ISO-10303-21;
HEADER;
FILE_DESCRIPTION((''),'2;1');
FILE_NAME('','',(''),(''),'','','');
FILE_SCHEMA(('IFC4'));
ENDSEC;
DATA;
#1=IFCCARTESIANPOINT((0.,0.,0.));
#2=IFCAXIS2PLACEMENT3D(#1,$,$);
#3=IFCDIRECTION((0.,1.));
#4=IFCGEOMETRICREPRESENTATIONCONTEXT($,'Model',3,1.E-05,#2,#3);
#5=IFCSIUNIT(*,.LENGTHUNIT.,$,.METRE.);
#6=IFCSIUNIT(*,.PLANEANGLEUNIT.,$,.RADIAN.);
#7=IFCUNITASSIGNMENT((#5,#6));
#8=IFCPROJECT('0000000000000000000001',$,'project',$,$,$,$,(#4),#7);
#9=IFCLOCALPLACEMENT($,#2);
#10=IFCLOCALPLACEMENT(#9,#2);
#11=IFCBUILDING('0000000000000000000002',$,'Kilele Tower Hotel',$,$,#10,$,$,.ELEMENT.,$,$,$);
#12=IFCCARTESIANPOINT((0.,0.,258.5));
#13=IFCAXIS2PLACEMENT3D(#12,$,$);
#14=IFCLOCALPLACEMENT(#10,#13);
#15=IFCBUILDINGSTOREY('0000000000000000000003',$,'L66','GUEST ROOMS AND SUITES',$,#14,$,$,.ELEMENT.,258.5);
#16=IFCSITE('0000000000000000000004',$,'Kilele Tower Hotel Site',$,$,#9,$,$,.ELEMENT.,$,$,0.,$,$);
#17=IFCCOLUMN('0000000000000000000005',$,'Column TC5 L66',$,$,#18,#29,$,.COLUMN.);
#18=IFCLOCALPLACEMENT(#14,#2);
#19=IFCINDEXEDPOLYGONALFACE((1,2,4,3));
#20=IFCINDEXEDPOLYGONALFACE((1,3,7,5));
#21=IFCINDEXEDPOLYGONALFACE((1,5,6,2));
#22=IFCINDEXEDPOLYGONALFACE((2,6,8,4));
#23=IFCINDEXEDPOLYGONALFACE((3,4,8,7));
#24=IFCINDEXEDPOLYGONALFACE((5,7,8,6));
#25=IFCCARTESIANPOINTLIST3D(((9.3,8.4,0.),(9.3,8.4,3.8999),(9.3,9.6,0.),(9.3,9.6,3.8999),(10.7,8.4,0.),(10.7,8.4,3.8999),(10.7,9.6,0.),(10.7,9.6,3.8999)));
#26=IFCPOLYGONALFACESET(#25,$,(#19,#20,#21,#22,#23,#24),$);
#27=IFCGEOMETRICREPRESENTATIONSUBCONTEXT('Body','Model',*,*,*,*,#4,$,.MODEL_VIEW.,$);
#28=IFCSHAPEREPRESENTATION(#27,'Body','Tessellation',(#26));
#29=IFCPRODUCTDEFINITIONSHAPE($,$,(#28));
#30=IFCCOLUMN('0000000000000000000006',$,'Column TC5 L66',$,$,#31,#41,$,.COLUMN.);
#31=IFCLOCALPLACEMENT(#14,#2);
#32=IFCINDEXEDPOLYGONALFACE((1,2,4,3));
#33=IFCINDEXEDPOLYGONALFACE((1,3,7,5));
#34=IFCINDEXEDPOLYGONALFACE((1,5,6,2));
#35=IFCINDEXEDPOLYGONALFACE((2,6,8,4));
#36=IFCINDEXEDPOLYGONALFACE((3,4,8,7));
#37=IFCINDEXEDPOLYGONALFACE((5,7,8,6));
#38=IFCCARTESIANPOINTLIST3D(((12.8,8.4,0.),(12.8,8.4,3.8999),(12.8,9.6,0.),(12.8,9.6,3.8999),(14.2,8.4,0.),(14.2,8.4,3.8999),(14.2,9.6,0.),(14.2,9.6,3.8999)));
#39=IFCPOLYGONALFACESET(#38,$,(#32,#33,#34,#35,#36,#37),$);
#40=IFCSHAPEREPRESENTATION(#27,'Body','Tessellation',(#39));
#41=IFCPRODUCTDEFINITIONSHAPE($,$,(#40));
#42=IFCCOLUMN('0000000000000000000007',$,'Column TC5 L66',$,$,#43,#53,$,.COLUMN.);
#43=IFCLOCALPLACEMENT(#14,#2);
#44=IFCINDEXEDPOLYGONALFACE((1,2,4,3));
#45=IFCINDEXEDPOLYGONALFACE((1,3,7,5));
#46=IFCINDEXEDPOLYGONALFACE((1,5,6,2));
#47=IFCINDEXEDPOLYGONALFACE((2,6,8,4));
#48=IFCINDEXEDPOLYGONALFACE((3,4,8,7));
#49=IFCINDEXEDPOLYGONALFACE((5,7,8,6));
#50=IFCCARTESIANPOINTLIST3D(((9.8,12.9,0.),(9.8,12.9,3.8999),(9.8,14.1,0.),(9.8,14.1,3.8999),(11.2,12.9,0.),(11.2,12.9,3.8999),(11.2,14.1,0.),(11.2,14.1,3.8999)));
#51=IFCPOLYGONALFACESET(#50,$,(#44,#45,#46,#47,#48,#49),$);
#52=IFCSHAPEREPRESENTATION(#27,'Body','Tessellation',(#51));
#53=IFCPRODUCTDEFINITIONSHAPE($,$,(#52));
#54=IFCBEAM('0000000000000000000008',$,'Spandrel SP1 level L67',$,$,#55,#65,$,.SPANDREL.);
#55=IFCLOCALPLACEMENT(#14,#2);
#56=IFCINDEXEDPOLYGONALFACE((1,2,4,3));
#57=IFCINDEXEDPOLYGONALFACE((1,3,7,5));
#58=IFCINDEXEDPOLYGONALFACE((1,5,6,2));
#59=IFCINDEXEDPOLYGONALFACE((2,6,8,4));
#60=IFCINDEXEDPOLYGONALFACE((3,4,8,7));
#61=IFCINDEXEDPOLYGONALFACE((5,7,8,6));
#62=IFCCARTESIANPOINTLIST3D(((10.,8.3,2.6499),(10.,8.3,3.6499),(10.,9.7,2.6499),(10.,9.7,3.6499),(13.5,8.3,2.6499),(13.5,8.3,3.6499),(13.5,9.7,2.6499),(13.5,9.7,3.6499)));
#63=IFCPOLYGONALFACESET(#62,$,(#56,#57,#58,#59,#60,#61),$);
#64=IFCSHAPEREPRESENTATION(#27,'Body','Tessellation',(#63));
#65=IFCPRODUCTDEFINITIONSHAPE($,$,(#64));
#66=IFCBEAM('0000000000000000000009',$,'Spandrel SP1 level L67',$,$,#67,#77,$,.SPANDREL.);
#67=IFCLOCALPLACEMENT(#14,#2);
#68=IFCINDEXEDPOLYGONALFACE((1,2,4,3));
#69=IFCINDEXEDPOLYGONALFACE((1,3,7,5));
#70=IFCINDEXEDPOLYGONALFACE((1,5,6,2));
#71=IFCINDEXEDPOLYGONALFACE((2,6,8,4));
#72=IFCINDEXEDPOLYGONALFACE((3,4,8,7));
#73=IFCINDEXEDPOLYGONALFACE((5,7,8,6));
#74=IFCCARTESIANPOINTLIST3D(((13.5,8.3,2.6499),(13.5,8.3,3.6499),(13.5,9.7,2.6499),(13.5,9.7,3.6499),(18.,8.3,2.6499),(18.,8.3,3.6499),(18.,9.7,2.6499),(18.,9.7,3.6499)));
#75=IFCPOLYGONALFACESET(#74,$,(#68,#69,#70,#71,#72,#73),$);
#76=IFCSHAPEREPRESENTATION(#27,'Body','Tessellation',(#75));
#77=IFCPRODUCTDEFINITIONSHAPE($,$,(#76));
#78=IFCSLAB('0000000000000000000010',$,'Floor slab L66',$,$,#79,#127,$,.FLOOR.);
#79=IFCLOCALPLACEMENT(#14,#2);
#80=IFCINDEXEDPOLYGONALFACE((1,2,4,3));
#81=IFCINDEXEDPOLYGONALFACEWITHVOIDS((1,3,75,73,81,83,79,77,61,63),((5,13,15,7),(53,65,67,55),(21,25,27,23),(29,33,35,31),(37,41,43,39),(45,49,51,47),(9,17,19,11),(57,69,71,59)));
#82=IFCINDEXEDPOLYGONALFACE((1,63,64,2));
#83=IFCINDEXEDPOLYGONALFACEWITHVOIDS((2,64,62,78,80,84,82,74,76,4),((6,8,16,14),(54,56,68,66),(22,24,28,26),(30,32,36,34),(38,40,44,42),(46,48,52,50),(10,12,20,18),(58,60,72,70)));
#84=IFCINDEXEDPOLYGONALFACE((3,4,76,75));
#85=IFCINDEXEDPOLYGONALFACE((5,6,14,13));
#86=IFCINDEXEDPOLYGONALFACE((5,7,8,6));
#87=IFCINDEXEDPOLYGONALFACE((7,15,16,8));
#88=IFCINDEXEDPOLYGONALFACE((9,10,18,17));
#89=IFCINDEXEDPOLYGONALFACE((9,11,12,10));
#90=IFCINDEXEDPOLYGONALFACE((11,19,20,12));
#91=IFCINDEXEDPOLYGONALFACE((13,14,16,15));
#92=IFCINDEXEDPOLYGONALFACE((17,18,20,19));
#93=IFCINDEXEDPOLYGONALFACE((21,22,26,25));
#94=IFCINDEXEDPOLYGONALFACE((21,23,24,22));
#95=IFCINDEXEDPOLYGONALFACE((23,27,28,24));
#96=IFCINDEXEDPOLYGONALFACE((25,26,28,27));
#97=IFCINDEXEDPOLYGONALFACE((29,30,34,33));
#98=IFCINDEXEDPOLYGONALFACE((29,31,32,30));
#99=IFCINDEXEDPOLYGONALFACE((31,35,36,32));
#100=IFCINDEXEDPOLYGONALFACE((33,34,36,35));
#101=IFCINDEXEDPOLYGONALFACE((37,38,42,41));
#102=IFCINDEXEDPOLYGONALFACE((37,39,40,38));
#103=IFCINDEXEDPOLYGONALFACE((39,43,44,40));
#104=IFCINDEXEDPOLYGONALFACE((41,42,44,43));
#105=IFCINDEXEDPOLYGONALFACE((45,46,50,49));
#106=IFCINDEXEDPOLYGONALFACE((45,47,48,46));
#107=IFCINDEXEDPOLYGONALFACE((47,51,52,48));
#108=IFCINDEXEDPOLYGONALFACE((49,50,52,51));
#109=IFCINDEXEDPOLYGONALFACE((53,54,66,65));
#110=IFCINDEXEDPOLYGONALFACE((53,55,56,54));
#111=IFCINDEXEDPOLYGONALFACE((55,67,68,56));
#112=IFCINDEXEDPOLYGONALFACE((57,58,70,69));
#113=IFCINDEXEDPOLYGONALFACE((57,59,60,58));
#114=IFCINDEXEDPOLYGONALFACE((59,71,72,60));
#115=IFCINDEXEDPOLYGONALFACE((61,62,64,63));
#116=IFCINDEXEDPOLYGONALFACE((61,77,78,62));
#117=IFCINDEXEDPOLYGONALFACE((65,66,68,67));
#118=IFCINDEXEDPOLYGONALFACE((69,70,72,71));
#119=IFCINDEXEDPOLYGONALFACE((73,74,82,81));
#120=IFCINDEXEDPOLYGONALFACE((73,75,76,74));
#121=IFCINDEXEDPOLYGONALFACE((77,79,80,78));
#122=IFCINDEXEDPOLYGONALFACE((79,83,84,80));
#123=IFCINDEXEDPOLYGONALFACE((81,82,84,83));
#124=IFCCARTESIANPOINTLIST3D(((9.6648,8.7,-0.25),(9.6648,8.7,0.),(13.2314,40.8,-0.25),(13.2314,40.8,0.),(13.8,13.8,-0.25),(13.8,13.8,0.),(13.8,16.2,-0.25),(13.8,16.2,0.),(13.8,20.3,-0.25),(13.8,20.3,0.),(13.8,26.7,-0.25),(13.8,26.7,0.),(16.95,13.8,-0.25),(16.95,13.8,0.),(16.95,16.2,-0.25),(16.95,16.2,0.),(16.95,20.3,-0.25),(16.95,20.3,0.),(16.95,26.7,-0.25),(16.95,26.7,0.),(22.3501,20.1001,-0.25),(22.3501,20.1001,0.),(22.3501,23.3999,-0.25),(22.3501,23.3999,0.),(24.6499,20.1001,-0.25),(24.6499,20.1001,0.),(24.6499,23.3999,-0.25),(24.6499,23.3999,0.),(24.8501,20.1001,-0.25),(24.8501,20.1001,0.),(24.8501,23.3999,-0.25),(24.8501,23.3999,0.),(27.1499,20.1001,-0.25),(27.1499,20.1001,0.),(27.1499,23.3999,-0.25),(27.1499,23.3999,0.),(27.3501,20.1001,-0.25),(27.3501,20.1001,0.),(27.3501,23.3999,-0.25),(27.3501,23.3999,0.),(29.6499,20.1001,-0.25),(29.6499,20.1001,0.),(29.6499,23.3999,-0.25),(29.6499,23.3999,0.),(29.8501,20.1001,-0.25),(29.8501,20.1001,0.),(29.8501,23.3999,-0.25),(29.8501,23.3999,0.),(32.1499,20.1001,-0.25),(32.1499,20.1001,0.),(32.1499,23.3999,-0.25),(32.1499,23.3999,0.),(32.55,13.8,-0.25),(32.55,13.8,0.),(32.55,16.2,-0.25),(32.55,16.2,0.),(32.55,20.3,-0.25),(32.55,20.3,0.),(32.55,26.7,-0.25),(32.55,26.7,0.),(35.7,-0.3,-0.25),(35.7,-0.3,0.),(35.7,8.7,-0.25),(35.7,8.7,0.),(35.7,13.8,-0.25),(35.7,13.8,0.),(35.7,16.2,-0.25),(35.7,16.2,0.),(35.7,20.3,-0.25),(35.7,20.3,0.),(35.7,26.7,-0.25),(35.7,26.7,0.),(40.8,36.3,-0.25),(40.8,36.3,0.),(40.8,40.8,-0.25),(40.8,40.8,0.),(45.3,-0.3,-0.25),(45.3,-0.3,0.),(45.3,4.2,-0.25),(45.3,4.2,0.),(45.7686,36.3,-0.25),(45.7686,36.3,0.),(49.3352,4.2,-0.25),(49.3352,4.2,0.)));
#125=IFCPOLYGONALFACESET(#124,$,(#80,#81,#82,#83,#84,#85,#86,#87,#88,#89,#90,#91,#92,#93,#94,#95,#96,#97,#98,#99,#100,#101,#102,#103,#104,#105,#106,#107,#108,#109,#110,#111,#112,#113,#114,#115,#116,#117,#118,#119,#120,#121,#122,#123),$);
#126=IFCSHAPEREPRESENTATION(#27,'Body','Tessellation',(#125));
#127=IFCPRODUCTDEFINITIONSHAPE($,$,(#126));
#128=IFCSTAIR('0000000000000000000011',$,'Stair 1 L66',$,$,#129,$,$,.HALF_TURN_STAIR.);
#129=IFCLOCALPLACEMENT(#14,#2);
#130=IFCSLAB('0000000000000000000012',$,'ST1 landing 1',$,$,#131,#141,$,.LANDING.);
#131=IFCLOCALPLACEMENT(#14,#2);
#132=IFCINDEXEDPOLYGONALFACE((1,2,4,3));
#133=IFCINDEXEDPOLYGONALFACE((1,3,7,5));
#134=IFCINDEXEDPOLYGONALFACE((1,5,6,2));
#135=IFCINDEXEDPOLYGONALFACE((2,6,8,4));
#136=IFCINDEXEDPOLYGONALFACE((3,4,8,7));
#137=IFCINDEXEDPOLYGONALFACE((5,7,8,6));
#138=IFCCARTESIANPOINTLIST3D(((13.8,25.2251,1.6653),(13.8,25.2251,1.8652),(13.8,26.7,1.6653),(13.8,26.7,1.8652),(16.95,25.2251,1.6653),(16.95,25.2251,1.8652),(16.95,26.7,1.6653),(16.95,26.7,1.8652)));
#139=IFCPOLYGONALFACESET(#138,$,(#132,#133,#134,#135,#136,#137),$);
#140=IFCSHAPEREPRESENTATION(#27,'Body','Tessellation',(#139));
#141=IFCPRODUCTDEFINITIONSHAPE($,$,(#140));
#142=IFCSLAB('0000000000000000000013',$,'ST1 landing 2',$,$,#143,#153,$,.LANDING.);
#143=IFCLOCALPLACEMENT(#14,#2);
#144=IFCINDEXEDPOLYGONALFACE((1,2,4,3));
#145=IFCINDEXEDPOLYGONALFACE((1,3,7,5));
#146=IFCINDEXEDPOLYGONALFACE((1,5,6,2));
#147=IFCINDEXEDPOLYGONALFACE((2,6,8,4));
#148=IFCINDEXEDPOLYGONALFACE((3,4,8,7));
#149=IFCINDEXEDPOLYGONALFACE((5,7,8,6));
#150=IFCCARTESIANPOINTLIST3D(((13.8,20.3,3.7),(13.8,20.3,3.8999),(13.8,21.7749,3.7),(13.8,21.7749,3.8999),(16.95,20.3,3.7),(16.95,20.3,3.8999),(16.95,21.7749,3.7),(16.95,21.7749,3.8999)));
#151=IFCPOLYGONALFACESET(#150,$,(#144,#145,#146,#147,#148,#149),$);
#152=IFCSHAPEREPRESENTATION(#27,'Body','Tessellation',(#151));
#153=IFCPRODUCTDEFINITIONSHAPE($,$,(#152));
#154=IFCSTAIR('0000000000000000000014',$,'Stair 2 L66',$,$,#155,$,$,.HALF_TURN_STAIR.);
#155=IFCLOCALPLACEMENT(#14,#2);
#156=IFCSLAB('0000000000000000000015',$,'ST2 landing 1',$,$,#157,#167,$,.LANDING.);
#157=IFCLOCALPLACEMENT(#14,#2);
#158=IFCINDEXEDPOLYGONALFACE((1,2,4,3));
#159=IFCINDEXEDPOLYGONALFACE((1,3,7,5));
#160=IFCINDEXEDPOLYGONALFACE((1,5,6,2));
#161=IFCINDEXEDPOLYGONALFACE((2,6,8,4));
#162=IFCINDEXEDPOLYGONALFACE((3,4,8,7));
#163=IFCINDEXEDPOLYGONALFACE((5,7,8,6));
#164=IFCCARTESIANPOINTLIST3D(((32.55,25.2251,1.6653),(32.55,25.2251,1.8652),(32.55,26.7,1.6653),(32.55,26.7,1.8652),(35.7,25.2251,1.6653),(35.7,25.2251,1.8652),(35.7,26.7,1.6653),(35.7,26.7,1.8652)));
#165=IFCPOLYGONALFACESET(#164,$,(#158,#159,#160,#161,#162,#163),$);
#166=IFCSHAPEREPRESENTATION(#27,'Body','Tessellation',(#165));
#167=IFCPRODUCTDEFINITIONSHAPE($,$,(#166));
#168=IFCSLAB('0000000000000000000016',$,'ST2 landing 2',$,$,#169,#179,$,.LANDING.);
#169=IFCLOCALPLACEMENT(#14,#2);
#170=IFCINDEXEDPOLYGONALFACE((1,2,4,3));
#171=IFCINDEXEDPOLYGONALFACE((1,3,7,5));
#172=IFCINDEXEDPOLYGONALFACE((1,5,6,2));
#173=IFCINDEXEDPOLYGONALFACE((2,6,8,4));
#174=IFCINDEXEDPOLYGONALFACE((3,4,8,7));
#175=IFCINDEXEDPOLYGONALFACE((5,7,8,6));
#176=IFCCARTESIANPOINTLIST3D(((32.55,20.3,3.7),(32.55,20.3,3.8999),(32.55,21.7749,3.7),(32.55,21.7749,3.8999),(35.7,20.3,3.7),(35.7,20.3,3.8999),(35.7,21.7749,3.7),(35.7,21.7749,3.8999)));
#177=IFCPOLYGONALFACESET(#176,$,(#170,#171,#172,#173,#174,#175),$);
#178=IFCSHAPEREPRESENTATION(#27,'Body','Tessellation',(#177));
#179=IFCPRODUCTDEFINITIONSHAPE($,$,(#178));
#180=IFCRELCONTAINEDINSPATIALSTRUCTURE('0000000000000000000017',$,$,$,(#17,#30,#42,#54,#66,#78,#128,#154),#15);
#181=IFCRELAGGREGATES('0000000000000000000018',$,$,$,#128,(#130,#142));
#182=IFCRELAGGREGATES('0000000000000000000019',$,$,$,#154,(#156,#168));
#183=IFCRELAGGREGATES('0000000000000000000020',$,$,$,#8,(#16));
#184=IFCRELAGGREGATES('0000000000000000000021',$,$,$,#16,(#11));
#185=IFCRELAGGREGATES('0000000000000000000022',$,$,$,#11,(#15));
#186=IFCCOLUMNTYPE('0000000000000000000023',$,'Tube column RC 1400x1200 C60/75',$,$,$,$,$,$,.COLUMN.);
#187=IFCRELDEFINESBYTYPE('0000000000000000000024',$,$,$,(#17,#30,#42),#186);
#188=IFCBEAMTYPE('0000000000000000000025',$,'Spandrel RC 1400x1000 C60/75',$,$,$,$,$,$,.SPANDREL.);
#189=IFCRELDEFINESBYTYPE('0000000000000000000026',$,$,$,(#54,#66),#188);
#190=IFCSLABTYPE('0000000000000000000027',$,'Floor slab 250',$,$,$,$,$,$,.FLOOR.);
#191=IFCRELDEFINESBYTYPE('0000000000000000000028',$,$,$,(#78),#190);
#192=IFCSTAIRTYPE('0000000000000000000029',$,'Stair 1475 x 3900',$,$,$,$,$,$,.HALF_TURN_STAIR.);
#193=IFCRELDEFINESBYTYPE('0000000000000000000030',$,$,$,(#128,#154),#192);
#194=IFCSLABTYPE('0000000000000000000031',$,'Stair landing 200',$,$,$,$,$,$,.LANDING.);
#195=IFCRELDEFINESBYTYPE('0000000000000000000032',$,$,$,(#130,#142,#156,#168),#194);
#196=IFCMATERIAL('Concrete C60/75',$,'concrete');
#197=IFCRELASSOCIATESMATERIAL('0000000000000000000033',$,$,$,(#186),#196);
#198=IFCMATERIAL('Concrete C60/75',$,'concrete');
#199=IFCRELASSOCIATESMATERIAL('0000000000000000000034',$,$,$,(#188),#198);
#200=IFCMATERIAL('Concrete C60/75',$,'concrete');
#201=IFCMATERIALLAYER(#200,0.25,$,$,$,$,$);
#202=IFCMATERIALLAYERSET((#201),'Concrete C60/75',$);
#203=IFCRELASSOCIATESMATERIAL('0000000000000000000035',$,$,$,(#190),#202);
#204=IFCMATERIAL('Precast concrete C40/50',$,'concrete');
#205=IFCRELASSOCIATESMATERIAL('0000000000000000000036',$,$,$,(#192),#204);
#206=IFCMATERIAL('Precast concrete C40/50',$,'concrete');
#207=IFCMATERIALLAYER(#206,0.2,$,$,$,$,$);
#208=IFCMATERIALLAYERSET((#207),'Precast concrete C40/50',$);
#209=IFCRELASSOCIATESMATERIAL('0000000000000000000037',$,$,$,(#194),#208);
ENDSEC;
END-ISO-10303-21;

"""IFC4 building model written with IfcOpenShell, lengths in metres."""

from ifc_helpers import new_model, si_unit, direction, frame, origin, origin_2d, place, context, subcontext, project, spatial, polyline, rectangle, outline, extrude, material, layer, layer_set, material_profile, profile_set, type_object, element, aggregate, save


model = new_model("IFC4")

# Units and contexts
model_context = context("Model", 3, precision=1e-05, world=origin(), true_north=direction((0.0, 1.0)))
body_context = subcontext(model_context, "Body", "Model", "MODEL_VIEW")
ifc_project = project(units=[si_unit("LENGTHUNIT", "METRE"), si_unit("PLANEANGLEUNIT", "RADIAN")], contexts=[model_context])

# Site, building, storey
site_placement = place(None, origin())
site = spatial("IfcSite", under=ifc_project, at=site_placement, Name="Kilele Tower Hotel Site", CompositionType="ELEMENT", RefElevation=0.0)
building_placement = place(site_placement, origin())
building = spatial("IfcBuilding", under=site, at=building_placement, Name="Kilele Tower Hotel", CompositionType="ELEMENT")
storey_placement = place(building_placement, frame((0.0, 0.0, 258.5)))
storey = spatial("IfcBuildingStorey", under=building, at=storey_placement, Name="L66", Description="GUEST ROOMS AND SUITES", CompositionType="ELEMENT", Elevation=258.5)

# Columns
ifc_material_1 = material(Name="Concrete C60/75", Category="concrete")
ifc_material_profile_1 = material_profile(ifc_material_1, rectangle(XDim=1.3999, YDim=1.2, at=origin_2d()))
ifc_profile_set_1 = profile_set([ifc_material_profile_1], Name="Concrete C60/75")
column_type = type_object("IfcColumnType", Name="Tube column RC 1400x1200 C60/75", PredefinedType="COLUMN", material=ifc_profile_set_1)
for number, where, z_axis, x_axis, name in (
    (1, (10.0, 9.0, 0.0), (0.0, 0.0, 1.0), (1.0, 0.0, 0.0), "Column TC5 L66"),
    (2, (13.5, 9.0, 0.0), (0.0, 0.0, 1.0), (1.0, 0.0, 0.0), "Column TC5 L66"),
    (3, (10.5, 13.5, 0.0), (0.0, 0.0, 1.0), (1.0, 0.0, 0.0), "Column TC5 L66"),
):
    element("IfcColumn", number, at=place(storey_placement, frame(where, z_axis=z_axis, x_axis=x_axis)), inside=storey, type_object=column_type, Name=name, PredefinedType="COLUMN", context=body_context, shape_type="SweptSolid", body=[
        extrude(rectangle(XDim=1.3999, YDim=1.2, at=origin_2d()), origin(), (0.0, 0.0, 1.0), 3.8999),
    ])

# Beams
ifc_material_2 = material(Name="Concrete C60/75", Category="concrete")
ifc_material_profile_2 = material_profile(ifc_material_2, rectangle(XDim=1.3999, YDim=1.0, at=origin_2d()))
ifc_profile_set_2 = profile_set([ifc_material_profile_2], Name="Concrete C60/75")
beam_type = type_object("IfcBeamType", Name="Spandrel RC 1400x1000 C60/75", PredefinedType="SPANDREL", material=ifc_profile_set_2)
beam_1_placement = place(storey_placement, frame((10.0, 9.0, 3.1499), z_axis=(1.0, 0.0, 0.0), x_axis=(0.0, 1.0, 0.0)))
element("IfcBeam", 4, at=beam_1_placement, inside=storey, type_object=beam_type, Name="Spandrel SP1 level L67", PredefinedType="SPANDREL", context=body_context, shape_type="SweptSolid", body=[
    extrude(rectangle(XDim=1.3999, YDim=1.0, at=origin_2d()), origin(), (0.0, 0.0, 1.0), 3.5),
])
beam_2_placement = place(storey_placement, frame((13.5, 9.0, 3.1499), z_axis=(1.0, 0.0, 0.0), x_axis=(0.0, 1.0, 0.0)))
element("IfcBeam", 5, at=beam_2_placement, inside=storey, type_object=beam_type, Name="Spandrel SP1 level L67", PredefinedType="SPANDREL", context=body_context, shape_type="SweptSolid", body=[
    extrude(rectangle(XDim=1.3999, YDim=1.0, at=origin_2d()), origin(), (0.0, 0.0, 1.0), 4.5),
])

# Slab
ifc_material_3 = material(Name="Concrete C60/75", Category="concrete")
ifc_layer_1 = layer(ifc_material_3, 0.25)
ifc_layer_set_1 = layer_set([ifc_layer_1], Name="Concrete C60/75")
slab_type_1 = type_object("IfcSlabType", Name="Floor slab 250", PredefinedType="FLOOR", material=ifc_layer_set_1)
slab_1_placement = place(storey_placement, frame((0.0, 0.0, -0.25)))
element("IfcSlab", 6, at=slab_1_placement, inside=storey, type_object=slab_type_1, Name="Floor slab L66", PredefinedType="FLOOR", context=body_context, shape_type="SweptSolid", body=[
    extrude(outline(polyline([(40.8, 40.8), (40.8, 36.3), (45.7686, 36.3), (49.3352, 4.2), (45.3, 4.2), (45.3, -0.3), (35.7, -0.3), (35.7, 8.7), (9.6648, 8.7), (13.2314, 40.8), (40.8, 40.8)]), holes=[polyline([(16.95, 16.2), (13.8, 16.2), (13.8, 13.8), (16.95, 13.8), (16.95, 16.2)]), polyline([(35.7, 16.2), (32.55, 16.2), (32.55, 13.8), (35.7, 13.8), (35.7, 16.2)]), polyline([(24.6499, 23.3999), (22.3501, 23.3999), (22.3501, 20.1001), (24.6499, 20.1001), (24.6499, 23.3999)]), polyline([(27.1499, 23.3999), (24.8501, 23.3999), (24.8501, 20.1001), (27.1499, 20.1001), (27.1499, 23.3999)]), polyline([(29.6499, 23.3999), (27.3501, 23.3999), (27.3501, 20.1001), (29.6499, 20.1001), (29.6499, 23.3999)]), polyline([(32.1499, 23.3999), (29.8501, 23.3999), (29.8501, 20.1001), (32.1499, 20.1001), (32.1499, 23.3999)]), polyline([(16.95, 26.7), (13.8, 26.7), (13.8, 20.3), (16.95, 20.3), (16.95, 26.7)]), polyline([(35.7, 26.7), (32.55, 26.7), (32.55, 20.3), (35.7, 20.3), (35.7, 26.7)])]), origin(), (0.0, 0.0, 1.0), 0.25),
])

# Stairs, slabs
ifc_material_4 = material(Name="Precast concrete C40/50", Category="concrete")
stair_type = type_object("IfcStairType", Name="Stair 1475 x 3900", PredefinedType="HALF_TURN_STAIR", material=ifc_material_4)
stair_1_placement = place(storey_placement, origin())
stair_1 = element("IfcStair", 7, at=stair_1_placement, inside=storey, type_object=stair_type, Name="Stair 1 L66", PredefinedType="HALF_TURN_STAIR")
ifc_material_5 = material(Name="Precast concrete C40/50", Category="concrete")
ifc_layer_2 = layer(ifc_material_5, 0.2)
ifc_layer_set_2 = layer_set([ifc_layer_2], Name="Precast concrete C40/50")
slab_type_2 = type_object("IfcSlabType", Name="Stair landing 200", PredefinedType="LANDING", material=ifc_layer_set_2)
slab_2_placement = place(storey_placement, frame((0.0, 0.0, 1.6653)))
slab_2 = element("IfcSlab", 8, at=slab_2_placement, type_object=slab_type_2, Name="ST1 landing 1", PredefinedType="LANDING", context=body_context, shape_type="SweptSolid", body=[
    extrude(outline(polyline([(13.8, 25.2251), (16.95, 25.2251), (16.95, 26.7), (13.8, 26.7), (13.8, 25.2251)])), origin(), (0.0, 0.0, 1.0), 0.2),
])
slab_3_placement = place(storey_placement, frame((0.0, 0.0, 3.7)))
slab_3 = element("IfcSlab", 9, at=slab_3_placement, type_object=slab_type_2, Name="ST1 landing 2", PredefinedType="LANDING", context=body_context, shape_type="SweptSolid", body=[
    extrude(outline(polyline([(13.8, 20.3), (16.95, 20.3), (16.95, 21.7749), (13.8, 21.7749), (13.8, 20.3)])), origin(), (0.0, 0.0, 1.0), 0.2),
])
aggregate(stair_1, [slab_2, slab_3])
stair_2_placement = place(storey_placement, origin())
stair_2 = element("IfcStair", 10, at=stair_2_placement, inside=storey, type_object=stair_type, Name="Stair 2 L66", PredefinedType="HALF_TURN_STAIR")
slab_4_placement = place(storey_placement, frame((0.0, 0.0, 1.6653)))
slab_4 = element("IfcSlab", 11, at=slab_4_placement, type_object=slab_type_2, Name="ST2 landing 1", PredefinedType="LANDING", context=body_context, shape_type="SweptSolid", body=[
    extrude(outline(polyline([(32.55, 25.2251), (35.7, 25.2251), (35.7, 26.7), (32.55, 26.7), (32.55, 25.2251)])), origin(), (0.0, 0.0, 1.0), 0.2),
])
slab_5_placement = place(storey_placement, frame((0.0, 0.0, 3.7)))
slab_5 = element("IfcSlab", 12, at=slab_5_placement, type_object=slab_type_2, Name="ST2 landing 2", PredefinedType="LANDING", context=body_context, shape_type="SweptSolid", body=[
    extrude(outline(polyline([(32.55, 20.3), (35.7, 20.3), (35.7, 21.7749), (32.55, 21.7749), (32.55, 20.3)])), origin(), (0.0, 0.0, 1.0), 0.2),
])
aggregate(stair_2, [slab_4, slab_5])

save(model, "model.ifc")
